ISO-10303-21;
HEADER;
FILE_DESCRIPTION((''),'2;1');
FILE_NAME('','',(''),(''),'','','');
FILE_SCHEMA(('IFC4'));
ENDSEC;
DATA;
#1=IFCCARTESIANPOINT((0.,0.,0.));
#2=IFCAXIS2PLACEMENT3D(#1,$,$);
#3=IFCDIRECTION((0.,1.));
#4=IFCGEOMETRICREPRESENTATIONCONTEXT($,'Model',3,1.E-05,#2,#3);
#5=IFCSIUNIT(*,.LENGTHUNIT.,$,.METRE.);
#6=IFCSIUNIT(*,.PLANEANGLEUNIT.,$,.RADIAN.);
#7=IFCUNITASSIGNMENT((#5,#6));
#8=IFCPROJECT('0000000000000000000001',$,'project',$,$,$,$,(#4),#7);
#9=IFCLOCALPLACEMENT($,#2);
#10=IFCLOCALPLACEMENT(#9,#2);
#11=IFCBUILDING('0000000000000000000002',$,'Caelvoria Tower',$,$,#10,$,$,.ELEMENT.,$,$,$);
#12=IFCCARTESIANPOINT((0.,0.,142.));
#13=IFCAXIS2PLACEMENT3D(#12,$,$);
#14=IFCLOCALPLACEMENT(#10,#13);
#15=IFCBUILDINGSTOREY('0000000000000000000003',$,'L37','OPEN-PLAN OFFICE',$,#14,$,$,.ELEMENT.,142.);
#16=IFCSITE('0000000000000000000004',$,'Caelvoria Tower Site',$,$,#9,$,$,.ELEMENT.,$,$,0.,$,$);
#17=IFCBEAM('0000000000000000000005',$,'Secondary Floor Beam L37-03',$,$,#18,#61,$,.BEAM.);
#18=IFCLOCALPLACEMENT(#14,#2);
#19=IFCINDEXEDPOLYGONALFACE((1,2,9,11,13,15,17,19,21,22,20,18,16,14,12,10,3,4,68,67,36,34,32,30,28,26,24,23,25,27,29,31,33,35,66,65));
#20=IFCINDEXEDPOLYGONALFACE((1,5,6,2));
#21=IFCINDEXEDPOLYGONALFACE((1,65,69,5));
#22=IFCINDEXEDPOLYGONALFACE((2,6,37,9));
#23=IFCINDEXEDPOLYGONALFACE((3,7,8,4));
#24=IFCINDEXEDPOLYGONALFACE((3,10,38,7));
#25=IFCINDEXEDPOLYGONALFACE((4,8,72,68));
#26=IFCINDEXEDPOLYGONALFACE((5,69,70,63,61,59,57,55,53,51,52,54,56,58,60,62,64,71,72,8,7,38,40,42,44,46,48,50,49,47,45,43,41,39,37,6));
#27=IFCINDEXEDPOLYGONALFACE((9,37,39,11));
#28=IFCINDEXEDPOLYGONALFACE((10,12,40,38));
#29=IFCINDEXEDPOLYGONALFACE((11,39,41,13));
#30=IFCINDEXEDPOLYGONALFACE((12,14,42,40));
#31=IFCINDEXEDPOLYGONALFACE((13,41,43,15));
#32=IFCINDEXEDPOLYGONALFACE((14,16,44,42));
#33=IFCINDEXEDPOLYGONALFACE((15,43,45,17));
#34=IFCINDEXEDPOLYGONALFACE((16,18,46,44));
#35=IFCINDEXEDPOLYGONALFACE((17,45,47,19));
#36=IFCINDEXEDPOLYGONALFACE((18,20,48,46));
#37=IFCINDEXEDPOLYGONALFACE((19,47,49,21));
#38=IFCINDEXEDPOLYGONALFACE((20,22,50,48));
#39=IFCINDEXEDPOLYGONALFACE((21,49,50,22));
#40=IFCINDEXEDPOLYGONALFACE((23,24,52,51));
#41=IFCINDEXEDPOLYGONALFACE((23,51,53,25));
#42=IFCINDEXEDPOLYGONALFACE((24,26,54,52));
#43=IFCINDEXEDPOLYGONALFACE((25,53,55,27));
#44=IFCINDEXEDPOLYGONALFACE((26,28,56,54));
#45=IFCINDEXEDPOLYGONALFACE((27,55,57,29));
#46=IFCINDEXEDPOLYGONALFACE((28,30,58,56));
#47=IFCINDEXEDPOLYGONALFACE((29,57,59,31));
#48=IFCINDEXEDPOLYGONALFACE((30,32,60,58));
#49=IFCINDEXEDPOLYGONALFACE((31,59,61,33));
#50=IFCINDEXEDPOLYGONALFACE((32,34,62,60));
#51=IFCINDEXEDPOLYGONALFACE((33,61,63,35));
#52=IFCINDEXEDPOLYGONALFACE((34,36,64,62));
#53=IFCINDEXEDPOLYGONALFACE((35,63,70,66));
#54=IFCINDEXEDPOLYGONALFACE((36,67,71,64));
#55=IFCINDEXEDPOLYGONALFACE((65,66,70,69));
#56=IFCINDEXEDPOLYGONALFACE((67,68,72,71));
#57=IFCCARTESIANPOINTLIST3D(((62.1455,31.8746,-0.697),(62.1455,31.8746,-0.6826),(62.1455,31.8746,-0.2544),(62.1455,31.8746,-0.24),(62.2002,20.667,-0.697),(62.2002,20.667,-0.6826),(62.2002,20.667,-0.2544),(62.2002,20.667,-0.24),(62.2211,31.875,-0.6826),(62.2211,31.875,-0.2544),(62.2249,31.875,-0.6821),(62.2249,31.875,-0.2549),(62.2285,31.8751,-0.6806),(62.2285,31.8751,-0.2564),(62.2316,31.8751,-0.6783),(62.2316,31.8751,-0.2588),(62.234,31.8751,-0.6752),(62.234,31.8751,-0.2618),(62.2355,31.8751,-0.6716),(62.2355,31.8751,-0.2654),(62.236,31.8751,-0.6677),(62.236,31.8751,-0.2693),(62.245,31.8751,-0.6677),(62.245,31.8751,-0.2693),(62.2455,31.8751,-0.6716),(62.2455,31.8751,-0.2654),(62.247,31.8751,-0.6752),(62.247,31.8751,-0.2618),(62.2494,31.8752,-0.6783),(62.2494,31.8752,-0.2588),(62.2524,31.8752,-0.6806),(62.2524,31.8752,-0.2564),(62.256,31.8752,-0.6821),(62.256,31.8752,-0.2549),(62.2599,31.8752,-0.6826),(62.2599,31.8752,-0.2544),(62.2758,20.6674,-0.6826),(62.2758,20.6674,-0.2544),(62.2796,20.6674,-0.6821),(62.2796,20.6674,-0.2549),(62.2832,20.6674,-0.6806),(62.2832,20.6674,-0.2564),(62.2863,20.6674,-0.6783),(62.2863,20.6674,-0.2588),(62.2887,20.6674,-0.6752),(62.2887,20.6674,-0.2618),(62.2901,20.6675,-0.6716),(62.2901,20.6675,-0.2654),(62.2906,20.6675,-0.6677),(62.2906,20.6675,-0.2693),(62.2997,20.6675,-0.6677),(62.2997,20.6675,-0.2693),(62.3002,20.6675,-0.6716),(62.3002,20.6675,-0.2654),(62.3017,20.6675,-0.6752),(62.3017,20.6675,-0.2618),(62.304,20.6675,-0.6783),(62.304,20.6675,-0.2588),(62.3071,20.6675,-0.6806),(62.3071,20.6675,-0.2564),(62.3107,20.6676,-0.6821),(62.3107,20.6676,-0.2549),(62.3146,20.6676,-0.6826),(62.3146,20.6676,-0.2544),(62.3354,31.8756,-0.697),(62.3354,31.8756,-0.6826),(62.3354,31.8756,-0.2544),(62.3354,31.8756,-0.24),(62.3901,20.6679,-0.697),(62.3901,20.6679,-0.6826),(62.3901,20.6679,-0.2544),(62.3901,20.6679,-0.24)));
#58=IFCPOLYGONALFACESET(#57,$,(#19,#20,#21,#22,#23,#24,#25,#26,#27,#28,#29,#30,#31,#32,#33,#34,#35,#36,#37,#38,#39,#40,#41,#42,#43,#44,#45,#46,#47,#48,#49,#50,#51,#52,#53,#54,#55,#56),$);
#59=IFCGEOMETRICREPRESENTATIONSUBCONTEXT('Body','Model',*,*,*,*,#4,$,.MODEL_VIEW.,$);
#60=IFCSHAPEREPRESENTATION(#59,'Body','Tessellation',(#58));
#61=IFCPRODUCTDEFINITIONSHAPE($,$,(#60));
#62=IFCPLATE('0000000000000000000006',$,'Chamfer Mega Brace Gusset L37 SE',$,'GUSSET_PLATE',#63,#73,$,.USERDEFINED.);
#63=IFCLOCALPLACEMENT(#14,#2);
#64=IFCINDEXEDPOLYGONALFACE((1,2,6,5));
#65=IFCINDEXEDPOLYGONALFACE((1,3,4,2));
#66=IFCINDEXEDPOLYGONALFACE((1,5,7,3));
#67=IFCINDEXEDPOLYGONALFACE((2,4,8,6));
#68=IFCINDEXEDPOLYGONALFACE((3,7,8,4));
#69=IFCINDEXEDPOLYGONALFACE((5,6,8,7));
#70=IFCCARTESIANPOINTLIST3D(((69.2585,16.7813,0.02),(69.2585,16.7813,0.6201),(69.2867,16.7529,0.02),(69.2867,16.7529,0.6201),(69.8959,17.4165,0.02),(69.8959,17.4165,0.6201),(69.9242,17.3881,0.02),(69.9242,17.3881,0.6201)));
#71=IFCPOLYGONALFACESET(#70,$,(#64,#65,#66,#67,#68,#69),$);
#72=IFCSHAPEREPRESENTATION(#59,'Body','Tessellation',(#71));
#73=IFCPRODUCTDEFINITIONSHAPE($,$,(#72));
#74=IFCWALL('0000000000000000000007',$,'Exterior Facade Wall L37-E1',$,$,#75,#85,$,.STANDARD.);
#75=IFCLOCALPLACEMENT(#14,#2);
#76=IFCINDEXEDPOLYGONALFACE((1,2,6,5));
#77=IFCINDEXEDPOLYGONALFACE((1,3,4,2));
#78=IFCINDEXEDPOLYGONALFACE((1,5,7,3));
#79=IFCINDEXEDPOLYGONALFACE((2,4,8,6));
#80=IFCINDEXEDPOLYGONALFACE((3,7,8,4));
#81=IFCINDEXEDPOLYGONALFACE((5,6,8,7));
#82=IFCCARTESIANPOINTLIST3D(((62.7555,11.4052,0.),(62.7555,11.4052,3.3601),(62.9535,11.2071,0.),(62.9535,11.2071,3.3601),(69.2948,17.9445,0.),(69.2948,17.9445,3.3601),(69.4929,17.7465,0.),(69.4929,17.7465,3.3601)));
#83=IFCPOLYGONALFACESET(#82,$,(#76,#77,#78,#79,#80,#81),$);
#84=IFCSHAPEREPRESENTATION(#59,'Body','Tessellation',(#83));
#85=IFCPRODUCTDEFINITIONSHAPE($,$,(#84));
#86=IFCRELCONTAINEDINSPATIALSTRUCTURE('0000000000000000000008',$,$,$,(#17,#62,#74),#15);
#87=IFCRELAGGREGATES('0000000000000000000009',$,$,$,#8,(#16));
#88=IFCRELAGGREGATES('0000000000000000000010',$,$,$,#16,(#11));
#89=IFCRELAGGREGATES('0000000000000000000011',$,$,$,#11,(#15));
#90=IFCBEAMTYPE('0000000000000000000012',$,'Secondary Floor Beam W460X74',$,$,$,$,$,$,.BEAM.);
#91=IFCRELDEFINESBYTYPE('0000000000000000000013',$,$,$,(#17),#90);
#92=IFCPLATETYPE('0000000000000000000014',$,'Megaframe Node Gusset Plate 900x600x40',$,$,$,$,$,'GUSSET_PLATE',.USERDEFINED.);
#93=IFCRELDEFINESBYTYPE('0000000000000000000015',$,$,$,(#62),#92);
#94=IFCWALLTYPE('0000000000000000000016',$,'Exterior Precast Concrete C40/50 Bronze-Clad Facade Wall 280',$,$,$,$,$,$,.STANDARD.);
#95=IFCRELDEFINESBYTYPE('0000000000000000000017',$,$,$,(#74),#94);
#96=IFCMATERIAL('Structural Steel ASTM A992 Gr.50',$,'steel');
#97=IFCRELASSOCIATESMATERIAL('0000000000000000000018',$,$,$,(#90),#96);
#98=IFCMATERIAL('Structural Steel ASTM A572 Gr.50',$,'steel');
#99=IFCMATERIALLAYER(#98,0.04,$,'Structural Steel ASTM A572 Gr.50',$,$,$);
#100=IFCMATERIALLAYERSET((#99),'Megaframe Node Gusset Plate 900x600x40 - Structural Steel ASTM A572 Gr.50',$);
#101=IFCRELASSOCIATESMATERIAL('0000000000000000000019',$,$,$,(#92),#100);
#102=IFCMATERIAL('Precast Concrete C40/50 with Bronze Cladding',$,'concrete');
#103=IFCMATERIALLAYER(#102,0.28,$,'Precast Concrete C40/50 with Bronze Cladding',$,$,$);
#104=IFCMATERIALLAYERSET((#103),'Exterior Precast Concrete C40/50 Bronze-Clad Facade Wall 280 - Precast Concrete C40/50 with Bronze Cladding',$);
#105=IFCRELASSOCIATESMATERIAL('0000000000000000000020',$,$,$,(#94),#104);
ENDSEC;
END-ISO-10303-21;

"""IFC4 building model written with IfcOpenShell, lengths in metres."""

from ifc_helpers import new_model, si_unit, direction, frame, frame_2d, origin, origin_2d, place, context, subcontext, project, spatial, rectangle, i_section, extrude, material, layer, layer_set, material_profile, profile_set, type_object, element, save


model = new_model("IFC4")

# Units and contexts
model_context = context("Model", 3, precision=1e-05, world=origin(), true_north=direction((0.0, 1.0)))
body_context = subcontext(model_context, "Body", "Model", "MODEL_VIEW")
ifc_project = project(units=[si_unit("LENGTHUNIT", "METRE"), si_unit("PLANEANGLEUNIT", "RADIAN")], contexts=[model_context])

# Site, building, storey
site_placement = place(None, origin())
site = spatial("IfcSite", under=ifc_project, at=site_placement, Name="Caelvoria Tower Site", CompositionType="ELEMENT", RefElevation=0.0)
building_placement = place(site_placement, origin())
building = spatial("IfcBuilding", under=site, at=building_placement, Name="Caelvoria Tower", CompositionType="ELEMENT")
storey_placement = place(building_placement, frame((0.0, 0.0, 142.0)))
storey = spatial("IfcBuildingStorey", under=building, at=storey_placement, Name="L37", Description="OPEN-PLAN OFFICE", CompositionType="ELEMENT", Elevation=142.0)

# Shared definitions
ifc_material_1 = material(Name="Structural Steel ASTM A572 Gr.50", Category="steel")
ifc_material_2 = material(Name="Structural Steel ASTM A992 Gr.50", Category="steel")

# Beam
ifc_material_profile_1 = material_profile(ifc_material_2, i_section(OverallWidth=0.1899, OverallDepth=0.457, WebThickness=0.009, FlangeThickness=0.0144, FilletRadius=0.0149, at=origin_2d()), Name="Structural Steel ASTM A992 Gr.50")
ifc_profile_set_1 = profile_set([ifc_material_profile_1], Name="W460X74 - Structural Steel ASTM A992 Gr.50")
beam_type_1 = type_object("IfcBeamType", Name="Secondary Floor Beam W460X74", PredefinedType="BEAM", material=ifc_profile_set_1)
beam_1_placement = place(storey_placement, frame((62.2952, 20.6675, -0.4685), z_axis=(-0.004879, 0.999988, 0.0), x_axis=(-0.999988, -0.004879, 0.0)))
element("IfcBeam", 1, at=beam_1_placement, inside=storey, type_object=beam_type_1, Name="Secondary Floor Beam L37-03", PredefinedType="BEAM", context=body_context, shape_type="SweptSolid", body=[
    extrude(i_section(OverallWidth=0.1899, OverallDepth=0.457, WebThickness=0.009, FlangeThickness=0.0144, FilletRadius=0.0149, at=origin_2d()), origin(), (0.0, 0.0, 1.0), 11.2078),
])

# Plate
ifc_layer_1 = layer(ifc_material_1, 0.04, Name="Structural Steel ASTM A572 Gr.50")
ifc_layer_set_1 = layer_set([ifc_layer_1], Name="Megaframe Node Gusset Plate 900x600x40 - Structural Steel ASTM A572 Gr.50")
plate_type = type_object("IfcPlateType", Name="Megaframe Node Gusset Plate 900x600x40", ElementType="GUSSET_PLATE", PredefinedType="USERDEFINED", material=ifc_layer_set_1)
plate_placement = place(storey_placement, frame((69.5913, 17.0847, 0.02), z_axis=(0.0, 0.0, 1.0), x_axis=(-0.708329, -0.705883, 0.0)))
element("IfcPlate", 2, at=plate_placement, inside=storey, type_object=plate_type, Name="Chamfer Mega Brace Gusset L37 SE", ObjectType="GUSSET_PLATE", PredefinedType="USERDEFINED", context=body_context, shape_type="SweptSolid", body=[
    extrude(rectangle(XDim=0.8999, YDim=0.04, at=origin_2d()), origin(), (0.0, 0.0, 1.0), 0.6001),
])

# Wall
ifc_material_3 = material(Name="Precast Concrete C40/50 with Bronze Cladding", Category="concrete")
ifc_layer_2 = layer(ifc_material_3, 0.28, Name="Precast Concrete C40/50 with Bronze Cladding")
ifc_layer_set_2 = layer_set([ifc_layer_2], Name="Exterior Precast Concrete C40/50 Bronze-Clad Facade Wall 280 - Precast Concrete C40/50 with Bronze Cladding")
wall_type_1 = type_object("IfcWallType", Name="Exterior Precast Concrete C40/50 Bronze-Clad Facade Wall 280", PredefinedType="STANDARD", material=ifc_layer_set_2)
wall_1_placement = place(storey_placement, frame((62.8545, 11.3062, 0.0), z_axis=(0.0, 0.0, 1.0), x_axis=(0.707107, 0.707107, 0.0)))
element("IfcWall", 3, at=wall_1_placement, inside=storey, type_object=wall_type_1, Name="Exterior Facade Wall L37-E1", PredefinedType="STANDARD", context=body_context, shape_type="SweptSolid", body=[
    extrude(rectangle(XDim=9.248, YDim=0.28, at=frame_2d((4.624, 0.0))), origin(), (0.0, 0.0, 1.0), 3.3601),
])

save(model, "model.ifc")
